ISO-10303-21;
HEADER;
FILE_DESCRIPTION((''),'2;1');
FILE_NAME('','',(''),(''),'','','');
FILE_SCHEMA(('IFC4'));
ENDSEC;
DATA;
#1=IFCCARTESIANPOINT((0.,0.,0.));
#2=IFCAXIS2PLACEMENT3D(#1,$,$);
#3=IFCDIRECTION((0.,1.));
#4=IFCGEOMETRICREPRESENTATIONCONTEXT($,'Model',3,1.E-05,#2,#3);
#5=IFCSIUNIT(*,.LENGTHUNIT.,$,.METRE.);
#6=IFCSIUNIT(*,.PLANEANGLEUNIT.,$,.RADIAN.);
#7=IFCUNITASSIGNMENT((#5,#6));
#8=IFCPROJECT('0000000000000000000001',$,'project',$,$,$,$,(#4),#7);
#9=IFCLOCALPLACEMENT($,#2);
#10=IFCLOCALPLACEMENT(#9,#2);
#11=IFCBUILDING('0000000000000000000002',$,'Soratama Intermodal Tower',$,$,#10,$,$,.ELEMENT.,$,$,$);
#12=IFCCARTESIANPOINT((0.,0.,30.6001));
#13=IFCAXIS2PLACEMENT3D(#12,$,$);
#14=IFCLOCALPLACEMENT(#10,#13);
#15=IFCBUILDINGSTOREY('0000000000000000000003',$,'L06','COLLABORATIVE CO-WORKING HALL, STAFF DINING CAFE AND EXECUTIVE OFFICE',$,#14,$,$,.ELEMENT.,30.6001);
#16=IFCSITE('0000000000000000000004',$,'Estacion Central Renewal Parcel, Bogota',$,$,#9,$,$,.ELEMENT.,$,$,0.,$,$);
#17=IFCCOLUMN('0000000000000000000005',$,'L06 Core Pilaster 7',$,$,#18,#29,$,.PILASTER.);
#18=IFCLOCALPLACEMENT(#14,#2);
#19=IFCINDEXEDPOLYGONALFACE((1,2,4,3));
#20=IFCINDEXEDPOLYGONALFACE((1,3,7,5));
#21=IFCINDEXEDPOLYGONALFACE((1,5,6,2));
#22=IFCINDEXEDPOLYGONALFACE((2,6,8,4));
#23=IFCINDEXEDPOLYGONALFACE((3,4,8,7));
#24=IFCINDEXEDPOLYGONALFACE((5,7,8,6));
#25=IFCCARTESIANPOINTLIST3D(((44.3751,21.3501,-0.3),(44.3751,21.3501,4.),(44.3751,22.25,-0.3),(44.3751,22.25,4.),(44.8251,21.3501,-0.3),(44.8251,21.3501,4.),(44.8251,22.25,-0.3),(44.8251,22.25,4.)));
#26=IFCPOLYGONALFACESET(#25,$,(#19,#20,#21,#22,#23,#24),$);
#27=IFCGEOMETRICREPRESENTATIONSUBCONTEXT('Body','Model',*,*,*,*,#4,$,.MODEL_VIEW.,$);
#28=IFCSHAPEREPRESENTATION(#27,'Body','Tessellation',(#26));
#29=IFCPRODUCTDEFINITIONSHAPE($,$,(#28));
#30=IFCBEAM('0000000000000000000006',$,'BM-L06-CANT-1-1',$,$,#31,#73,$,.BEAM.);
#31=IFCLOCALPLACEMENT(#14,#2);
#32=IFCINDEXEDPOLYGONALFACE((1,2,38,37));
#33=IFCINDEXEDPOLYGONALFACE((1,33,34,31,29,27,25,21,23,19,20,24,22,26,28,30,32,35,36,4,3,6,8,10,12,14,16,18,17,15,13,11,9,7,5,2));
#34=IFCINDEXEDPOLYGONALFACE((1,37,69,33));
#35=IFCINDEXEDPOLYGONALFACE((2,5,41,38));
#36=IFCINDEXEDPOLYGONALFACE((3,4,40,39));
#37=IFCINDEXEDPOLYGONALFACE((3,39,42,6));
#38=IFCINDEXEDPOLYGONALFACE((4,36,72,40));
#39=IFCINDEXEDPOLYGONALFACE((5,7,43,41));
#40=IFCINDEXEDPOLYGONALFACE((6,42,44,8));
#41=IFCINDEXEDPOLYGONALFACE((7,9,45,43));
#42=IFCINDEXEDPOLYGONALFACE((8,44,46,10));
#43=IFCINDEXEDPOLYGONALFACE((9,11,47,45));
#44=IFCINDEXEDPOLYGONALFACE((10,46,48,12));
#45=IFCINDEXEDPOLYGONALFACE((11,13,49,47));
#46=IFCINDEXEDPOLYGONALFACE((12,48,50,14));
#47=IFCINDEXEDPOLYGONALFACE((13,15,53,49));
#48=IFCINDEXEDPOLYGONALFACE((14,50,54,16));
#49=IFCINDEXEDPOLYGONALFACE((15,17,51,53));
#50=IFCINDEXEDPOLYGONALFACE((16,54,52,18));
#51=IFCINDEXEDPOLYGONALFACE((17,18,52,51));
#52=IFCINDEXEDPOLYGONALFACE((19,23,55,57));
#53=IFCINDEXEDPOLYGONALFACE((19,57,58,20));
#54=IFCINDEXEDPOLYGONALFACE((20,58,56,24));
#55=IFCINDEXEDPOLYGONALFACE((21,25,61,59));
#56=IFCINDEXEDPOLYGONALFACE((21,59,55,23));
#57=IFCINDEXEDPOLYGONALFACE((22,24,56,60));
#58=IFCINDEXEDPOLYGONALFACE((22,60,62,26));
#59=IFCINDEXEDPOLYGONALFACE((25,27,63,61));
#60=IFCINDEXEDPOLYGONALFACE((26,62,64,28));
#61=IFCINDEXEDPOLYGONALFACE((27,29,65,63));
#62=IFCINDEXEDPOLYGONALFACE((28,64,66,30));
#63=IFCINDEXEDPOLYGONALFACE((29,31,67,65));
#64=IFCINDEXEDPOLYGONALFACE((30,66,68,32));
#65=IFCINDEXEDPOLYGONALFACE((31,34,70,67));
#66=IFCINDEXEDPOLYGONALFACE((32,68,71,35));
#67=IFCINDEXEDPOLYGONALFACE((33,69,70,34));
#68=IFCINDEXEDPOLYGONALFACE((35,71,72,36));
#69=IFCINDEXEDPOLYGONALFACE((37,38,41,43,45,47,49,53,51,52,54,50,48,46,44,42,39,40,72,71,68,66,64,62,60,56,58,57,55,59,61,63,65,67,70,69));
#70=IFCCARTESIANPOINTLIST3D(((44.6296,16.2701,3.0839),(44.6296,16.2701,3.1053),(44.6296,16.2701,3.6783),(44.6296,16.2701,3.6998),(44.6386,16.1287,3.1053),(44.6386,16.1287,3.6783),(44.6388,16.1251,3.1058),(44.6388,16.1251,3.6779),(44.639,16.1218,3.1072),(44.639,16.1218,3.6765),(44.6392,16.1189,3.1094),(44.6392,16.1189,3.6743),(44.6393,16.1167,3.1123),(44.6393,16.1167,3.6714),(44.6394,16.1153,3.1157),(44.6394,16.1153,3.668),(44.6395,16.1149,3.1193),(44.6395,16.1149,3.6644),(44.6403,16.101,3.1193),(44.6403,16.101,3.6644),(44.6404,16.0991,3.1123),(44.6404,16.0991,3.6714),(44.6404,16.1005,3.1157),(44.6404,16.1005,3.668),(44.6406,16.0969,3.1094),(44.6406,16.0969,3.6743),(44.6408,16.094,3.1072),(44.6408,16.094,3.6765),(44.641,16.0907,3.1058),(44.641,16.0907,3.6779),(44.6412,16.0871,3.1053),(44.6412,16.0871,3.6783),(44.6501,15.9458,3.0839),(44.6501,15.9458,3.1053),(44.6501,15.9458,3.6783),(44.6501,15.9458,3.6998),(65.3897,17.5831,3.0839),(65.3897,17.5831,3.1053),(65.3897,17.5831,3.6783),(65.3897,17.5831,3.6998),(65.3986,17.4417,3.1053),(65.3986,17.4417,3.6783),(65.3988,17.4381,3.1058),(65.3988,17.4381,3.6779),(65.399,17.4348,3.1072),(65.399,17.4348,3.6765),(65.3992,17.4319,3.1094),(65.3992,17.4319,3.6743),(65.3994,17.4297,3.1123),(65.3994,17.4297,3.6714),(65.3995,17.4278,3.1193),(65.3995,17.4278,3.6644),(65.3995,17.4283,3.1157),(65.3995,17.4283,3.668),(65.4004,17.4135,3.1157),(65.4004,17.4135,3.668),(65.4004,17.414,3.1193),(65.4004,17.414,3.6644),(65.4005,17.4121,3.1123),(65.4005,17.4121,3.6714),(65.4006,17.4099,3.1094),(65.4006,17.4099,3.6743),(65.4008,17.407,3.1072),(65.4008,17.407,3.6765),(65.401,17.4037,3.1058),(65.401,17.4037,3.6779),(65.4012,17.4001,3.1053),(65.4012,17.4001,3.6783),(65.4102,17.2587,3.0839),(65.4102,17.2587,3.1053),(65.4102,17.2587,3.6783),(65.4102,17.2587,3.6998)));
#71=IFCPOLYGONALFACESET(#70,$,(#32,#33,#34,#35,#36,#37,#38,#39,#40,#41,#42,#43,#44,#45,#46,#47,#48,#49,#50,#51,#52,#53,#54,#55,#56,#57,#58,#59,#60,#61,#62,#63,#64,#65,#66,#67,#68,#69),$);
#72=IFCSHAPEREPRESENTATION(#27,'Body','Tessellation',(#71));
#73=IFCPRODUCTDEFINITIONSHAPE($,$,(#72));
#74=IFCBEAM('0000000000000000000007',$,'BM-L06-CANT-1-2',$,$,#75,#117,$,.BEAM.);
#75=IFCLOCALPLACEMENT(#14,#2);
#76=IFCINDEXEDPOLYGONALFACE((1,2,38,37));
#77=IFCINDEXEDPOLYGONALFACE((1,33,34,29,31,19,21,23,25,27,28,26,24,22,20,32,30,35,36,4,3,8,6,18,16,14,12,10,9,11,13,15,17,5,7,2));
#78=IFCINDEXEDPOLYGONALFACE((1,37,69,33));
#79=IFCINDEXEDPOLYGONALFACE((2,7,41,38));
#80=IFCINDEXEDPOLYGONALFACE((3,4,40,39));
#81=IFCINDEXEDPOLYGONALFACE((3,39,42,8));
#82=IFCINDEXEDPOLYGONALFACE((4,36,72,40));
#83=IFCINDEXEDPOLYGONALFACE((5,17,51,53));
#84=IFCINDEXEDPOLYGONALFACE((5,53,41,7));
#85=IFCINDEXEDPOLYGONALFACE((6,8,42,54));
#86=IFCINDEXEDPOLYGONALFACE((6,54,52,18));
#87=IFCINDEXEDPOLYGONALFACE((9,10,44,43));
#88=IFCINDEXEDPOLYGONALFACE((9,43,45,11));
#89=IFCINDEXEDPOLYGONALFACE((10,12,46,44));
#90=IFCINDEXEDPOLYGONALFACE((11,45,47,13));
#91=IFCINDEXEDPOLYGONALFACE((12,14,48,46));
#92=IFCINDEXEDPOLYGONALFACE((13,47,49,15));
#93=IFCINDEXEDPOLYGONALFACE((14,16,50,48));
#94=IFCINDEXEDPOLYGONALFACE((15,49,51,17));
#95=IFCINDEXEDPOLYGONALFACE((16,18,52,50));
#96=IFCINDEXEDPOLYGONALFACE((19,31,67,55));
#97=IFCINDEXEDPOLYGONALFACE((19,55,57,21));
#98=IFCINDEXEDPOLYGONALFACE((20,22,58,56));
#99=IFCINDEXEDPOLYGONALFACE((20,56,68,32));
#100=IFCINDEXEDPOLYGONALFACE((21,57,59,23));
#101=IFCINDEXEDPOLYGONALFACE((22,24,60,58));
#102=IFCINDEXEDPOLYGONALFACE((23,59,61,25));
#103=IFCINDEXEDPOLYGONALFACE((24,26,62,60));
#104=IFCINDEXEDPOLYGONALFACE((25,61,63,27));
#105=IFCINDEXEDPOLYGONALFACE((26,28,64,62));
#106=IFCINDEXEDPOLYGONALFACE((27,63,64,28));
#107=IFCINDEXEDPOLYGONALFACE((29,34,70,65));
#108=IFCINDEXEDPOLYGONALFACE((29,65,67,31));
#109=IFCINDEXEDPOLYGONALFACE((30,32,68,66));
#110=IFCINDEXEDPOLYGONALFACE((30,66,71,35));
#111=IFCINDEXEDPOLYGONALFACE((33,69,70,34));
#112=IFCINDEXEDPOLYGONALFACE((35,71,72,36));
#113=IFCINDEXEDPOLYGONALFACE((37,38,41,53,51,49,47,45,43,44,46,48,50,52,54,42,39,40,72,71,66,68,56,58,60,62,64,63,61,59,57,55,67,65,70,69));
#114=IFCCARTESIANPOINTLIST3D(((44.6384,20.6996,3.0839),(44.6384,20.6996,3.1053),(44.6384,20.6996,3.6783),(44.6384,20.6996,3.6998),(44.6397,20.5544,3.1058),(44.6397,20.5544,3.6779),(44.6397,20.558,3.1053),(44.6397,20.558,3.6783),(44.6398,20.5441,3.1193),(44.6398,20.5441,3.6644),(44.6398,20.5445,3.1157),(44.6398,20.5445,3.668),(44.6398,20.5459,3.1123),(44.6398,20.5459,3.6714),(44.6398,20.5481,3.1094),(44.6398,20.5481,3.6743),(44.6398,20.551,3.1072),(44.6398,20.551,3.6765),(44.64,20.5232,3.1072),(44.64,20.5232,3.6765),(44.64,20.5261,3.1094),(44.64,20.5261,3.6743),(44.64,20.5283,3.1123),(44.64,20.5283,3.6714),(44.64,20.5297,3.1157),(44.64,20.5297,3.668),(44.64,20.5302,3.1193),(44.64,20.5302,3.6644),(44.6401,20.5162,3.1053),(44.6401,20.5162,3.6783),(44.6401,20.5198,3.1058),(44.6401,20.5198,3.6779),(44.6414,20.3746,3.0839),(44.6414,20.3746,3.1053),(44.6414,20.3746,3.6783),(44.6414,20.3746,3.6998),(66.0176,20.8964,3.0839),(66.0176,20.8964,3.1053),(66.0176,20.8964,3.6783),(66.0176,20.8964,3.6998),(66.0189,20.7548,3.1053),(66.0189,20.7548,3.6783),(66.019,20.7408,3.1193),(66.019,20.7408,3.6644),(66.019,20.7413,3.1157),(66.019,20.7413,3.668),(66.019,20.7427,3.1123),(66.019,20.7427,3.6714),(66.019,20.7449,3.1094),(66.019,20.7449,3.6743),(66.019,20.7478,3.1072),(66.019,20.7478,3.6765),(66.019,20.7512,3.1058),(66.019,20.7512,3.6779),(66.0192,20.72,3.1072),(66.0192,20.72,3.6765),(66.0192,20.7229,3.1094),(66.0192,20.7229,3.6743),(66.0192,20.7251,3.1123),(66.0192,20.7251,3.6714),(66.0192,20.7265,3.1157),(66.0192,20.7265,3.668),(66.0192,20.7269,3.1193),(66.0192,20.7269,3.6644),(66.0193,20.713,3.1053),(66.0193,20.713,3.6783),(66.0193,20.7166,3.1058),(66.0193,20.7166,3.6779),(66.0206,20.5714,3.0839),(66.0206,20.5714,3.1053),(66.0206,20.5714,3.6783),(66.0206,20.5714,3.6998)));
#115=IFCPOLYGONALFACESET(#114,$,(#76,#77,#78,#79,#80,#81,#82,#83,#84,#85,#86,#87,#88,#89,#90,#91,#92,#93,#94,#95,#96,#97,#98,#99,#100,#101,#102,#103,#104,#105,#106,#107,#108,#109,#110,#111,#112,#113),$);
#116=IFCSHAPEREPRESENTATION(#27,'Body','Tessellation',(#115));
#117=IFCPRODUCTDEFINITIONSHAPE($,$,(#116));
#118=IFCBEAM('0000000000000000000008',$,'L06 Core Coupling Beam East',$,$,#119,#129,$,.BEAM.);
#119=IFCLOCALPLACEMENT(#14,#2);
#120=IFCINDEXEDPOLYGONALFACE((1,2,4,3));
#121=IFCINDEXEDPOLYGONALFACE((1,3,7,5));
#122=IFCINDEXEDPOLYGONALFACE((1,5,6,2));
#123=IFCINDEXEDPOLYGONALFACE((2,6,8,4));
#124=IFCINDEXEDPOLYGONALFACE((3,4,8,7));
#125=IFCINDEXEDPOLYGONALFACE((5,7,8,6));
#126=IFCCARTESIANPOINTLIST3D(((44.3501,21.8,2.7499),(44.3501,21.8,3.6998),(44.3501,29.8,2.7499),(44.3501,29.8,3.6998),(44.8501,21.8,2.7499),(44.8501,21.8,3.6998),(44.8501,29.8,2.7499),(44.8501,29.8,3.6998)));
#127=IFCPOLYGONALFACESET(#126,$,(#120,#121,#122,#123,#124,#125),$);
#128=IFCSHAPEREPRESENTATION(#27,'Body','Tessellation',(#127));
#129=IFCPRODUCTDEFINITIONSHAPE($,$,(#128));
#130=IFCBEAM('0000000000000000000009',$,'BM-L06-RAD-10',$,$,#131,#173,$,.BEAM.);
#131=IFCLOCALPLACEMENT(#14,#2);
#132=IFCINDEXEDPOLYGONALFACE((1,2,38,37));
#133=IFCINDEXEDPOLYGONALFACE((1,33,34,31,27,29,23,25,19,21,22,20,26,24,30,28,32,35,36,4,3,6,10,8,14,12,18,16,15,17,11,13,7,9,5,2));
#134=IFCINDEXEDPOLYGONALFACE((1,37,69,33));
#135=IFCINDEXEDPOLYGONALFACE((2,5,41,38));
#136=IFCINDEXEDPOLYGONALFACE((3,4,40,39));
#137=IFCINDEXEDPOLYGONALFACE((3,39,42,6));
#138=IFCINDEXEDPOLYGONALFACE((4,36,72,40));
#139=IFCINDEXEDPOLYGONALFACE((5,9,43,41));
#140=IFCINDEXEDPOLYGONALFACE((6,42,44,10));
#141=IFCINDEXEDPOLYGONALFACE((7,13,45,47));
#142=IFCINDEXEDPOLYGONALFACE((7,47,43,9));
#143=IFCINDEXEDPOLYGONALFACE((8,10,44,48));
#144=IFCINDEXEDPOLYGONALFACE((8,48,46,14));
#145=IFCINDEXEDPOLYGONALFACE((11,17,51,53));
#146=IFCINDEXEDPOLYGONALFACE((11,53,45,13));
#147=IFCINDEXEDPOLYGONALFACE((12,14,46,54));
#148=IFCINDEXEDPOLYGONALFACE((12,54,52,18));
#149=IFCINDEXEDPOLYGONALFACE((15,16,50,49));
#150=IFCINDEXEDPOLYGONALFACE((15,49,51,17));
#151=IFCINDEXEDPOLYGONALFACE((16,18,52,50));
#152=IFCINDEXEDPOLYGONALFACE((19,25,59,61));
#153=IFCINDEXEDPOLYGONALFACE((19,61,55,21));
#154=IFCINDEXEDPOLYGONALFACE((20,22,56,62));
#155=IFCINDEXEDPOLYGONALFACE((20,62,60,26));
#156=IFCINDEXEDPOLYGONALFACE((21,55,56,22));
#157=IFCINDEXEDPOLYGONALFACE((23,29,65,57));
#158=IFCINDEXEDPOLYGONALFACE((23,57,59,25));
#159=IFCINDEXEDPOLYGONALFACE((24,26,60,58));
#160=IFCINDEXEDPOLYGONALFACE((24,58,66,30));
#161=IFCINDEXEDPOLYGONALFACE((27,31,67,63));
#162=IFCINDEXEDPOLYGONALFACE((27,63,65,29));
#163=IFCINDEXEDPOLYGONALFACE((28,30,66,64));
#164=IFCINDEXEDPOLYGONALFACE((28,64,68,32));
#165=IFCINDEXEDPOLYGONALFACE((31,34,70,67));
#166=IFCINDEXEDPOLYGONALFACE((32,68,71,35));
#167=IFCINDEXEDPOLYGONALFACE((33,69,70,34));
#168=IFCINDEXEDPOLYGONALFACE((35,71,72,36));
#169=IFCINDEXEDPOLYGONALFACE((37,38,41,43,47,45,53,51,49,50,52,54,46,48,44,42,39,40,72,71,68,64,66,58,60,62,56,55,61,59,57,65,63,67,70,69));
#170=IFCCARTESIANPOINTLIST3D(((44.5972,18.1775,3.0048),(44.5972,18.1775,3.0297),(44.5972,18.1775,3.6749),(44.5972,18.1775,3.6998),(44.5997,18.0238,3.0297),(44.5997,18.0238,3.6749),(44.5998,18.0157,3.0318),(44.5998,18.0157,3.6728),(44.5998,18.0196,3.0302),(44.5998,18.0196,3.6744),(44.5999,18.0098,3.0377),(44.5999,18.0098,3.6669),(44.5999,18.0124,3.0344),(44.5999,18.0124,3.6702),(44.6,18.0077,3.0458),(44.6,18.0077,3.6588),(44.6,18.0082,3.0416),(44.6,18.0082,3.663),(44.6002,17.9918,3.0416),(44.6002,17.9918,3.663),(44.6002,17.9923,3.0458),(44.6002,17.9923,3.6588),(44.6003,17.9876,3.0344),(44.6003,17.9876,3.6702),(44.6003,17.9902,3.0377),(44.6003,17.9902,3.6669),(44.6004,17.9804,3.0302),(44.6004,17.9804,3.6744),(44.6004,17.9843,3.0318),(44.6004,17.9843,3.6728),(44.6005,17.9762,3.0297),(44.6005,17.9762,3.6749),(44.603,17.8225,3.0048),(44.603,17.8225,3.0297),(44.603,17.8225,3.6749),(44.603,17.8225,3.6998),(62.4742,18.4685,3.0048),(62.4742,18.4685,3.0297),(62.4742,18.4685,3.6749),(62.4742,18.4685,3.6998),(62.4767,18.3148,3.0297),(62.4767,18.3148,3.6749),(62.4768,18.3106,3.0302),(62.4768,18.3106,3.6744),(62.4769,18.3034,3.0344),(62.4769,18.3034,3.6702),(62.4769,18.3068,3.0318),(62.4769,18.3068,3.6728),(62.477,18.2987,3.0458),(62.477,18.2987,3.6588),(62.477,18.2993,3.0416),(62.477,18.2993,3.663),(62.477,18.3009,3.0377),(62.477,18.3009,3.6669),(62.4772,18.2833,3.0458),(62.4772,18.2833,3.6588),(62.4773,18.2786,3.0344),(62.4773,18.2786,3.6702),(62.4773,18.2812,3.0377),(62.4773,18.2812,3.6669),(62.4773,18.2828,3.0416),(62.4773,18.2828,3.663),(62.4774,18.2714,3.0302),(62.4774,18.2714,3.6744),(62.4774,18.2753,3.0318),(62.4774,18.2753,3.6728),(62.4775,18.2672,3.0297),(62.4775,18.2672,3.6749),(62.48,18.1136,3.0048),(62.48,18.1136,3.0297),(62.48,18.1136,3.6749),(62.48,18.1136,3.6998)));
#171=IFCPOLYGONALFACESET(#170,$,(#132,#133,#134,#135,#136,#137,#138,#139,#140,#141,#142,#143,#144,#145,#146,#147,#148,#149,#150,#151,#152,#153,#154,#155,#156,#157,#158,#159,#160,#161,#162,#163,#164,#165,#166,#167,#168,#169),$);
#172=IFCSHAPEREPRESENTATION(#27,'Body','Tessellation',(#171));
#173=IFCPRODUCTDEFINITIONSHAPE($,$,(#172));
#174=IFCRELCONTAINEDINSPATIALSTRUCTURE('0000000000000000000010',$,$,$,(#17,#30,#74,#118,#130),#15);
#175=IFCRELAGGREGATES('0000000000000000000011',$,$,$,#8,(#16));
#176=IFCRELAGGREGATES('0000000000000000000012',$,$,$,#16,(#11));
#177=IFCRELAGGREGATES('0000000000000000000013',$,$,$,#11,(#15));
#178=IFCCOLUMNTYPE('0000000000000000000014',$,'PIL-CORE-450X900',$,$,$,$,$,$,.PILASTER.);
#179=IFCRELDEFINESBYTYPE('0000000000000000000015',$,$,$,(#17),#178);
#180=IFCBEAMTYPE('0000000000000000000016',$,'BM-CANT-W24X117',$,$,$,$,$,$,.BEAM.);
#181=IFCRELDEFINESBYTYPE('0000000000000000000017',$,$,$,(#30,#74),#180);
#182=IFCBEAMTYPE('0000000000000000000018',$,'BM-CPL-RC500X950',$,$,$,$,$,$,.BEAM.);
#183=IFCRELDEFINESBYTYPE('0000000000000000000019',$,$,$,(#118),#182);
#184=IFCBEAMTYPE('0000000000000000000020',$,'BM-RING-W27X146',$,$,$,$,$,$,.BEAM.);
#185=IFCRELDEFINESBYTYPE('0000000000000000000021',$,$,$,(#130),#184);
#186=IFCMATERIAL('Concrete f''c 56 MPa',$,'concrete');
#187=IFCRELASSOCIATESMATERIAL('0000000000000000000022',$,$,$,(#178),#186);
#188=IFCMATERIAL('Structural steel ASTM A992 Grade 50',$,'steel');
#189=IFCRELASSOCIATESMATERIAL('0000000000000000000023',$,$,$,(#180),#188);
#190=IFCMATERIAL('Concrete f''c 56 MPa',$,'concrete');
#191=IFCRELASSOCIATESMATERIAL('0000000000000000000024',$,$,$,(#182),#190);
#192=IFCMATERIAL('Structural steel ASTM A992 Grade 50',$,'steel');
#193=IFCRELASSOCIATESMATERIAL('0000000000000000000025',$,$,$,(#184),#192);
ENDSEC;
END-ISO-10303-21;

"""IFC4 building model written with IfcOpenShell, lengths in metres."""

from ifc_helpers import new_model, si_unit, direction, frame, origin, origin_2d, place, context, subcontext, project, spatial, rectangle, i_section, extrude, material, material_profile, profile_set, type_object, element, save


model = new_model("IFC4")

# Units and contexts
model_context = context("Model", 3, precision=1e-05, world=origin(), true_north=direction((0.0, 1.0)))
body_context = subcontext(model_context, "Body", "Model", "MODEL_VIEW")
ifc_project = project(units=[si_unit("LENGTHUNIT", "METRE"), si_unit("PLANEANGLEUNIT", "RADIAN")], contexts=[model_context])

# Site, building, storey
site_placement = place(None, origin())
site = spatial("IfcSite", under=ifc_project, at=site_placement, Name="Estacion Central Renewal Parcel, Bogota", CompositionType="ELEMENT", RefElevation=0.0)
building_placement = place(site_placement, origin())
building = spatial("IfcBuilding", under=site, at=building_placement, Name="Soratama Intermodal Tower", CompositionType="ELEMENT")
storey_placement = place(building_placement, frame((0.0, 0.0, 30.6001)))
storey = spatial("IfcBuildingStorey", under=building, at=storey_placement, Name="L06", Description="COLLABORATIVE CO-WORKING HALL, STAFF DINING CAFE AND EXECUTIVE OFFICE", CompositionType="ELEMENT", Elevation=30.6001)

# Column
ifc_material_1 = material(Name="Concrete f'c 56 MPa", Category="concrete")
ifc_material_profile_1 = material_profile(ifc_material_1, rectangle(XDim=0.45, YDim=0.8999, at=origin_2d()), Name="RC450X900")
ifc_profile_set_1 = profile_set([ifc_material_profile_1], Name="Concrete f'c 56 MPa")
column_type = type_object("IfcColumnType", Name="PIL-CORE-450X900", PredefinedType="PILASTER", material=ifc_profile_set_1)
column_placement = place(storey_placement, frame((44.6001, 21.8, -0.3), z_axis=(0.0, 0.0, 1.0), x_axis=(1.0, 0.0, 0.0)))
element("IfcColumn", 1, at=column_placement, inside=storey, type_object=column_type, Name="L06 Core Pilaster 7", PredefinedType="PILASTER", context=body_context, shape_type="SweptSolid", body=[
    extrude(rectangle(XDim=0.45, YDim=0.8999, at=origin_2d()), origin(), (0.0, 0.0, 1.0), 4.3),
])

# Beams
ifc_material_2 = material(Name="Structural steel ASTM A992 Grade 50", Category="steel")
ifc_material_profile_2 = material_profile(ifc_material_2, i_section(OverallWidth=0.325, OverallDepth=0.616, WebThickness=0.0139, FlangeThickness=0.0215, FilletRadius=0.0139, at=origin_2d()), Name="W24X117")
ifc_profile_set_2 = profile_set([ifc_material_profile_2], Name="Structural steel ASTM A992 Grade 50")
beam_type_1 = type_object("IfcBeamType", Name="BM-CANT-W24X117", PredefinedType="BEAM", material=ifc_profile_set_2)
beam_1_placement = place(storey_placement, frame((44.6399, 16.1079, 3.3918), z_axis=(0.998006, 0.06312, 0.0), x_axis=(-0.06312, 0.998006, 0.0)))
element("IfcBeam", 2, at=beam_1_placement, inside=storey, type_object=beam_type_1, Name="BM-L06-CANT-1-1", PredefinedType="BEAM", context=body_context, shape_type="SweptSolid", body=[
    extrude(i_section(OverallWidth=0.325, OverallDepth=0.616, WebThickness=0.0139, FlangeThickness=0.0215, FilletRadius=0.0139, at=origin_2d()), origin(), (0.0, 0.0, 1.0), 20.8015),
])
beam_2_placement = place(storey_placement, frame((44.6399, 20.5371, 3.3918), z_axis=(0.999958, 0.009204, 0.0), x_axis=(-0.009204, 0.999958, 0.0)))
element("IfcBeam", 3, at=beam_2_placement, inside=storey, type_object=beam_type_1, Name="BM-L06-CANT-1-2", PredefinedType="BEAM", context=body_context, shape_type="SweptSolid", body=[
    extrude(i_section(OverallWidth=0.325, OverallDepth=0.616, WebThickness=0.0139, FlangeThickness=0.0215, FilletRadius=0.0139, at=origin_2d()), origin(), (0.0, 0.0, 1.0), 21.3801),
])
ifc_material_3 = material(Name="Concrete f'c 56 MPa", Category="concrete")
ifc_material_profile_3 = material_profile(ifc_material_3, rectangle(XDim=0.5, YDim=0.95, at=origin_2d()), Name="RC500X950")
ifc_profile_set_3 = profile_set([ifc_material_profile_3], Name="Concrete f'c 56 MPa")
beam_type_2 = type_object("IfcBeamType", Name="BM-CPL-RC500X950", PredefinedType="BEAM", material=ifc_profile_set_3)
beam_3_placement = place(storey_placement, frame((44.6001, 21.8, 3.2249), z_axis=(0.0, 1.0, 0.0), x_axis=(-1.0, 0.0, 0.0)))
element("IfcBeam", 4, at=beam_3_placement, inside=storey, type_object=beam_type_2, Name="L06 Core Coupling Beam East", PredefinedType="BEAM", context=body_context, shape_type="SweptSolid", body=[
    extrude(rectangle(XDim=0.5, YDim=0.95, at=origin_2d()), origin(), (0.0, 0.0, 1.0), 8.0),
])
ifc_material_4 = material(Name="Structural steel ASTM A992 Grade 50", Category="steel")
ifc_material_profile_4 = material_profile(ifc_material_4, i_section(OverallWidth=0.355, OverallDepth=0.6951, WebThickness=0.0154, FlangeThickness=0.0249, FilletRadius=0.0161, at=origin_2d()), Name="W27X146")
ifc_profile_set_4 = profile_set([ifc_material_profile_4], Name="Structural steel ASTM A992 Grade 50")
beam_type_3 = type_object("IfcBeamType", Name="BM-RING-W27X146", PredefinedType="BEAM", material=ifc_profile_set_4)
beam_4_placement = place(storey_placement, frame((44.6001, 18.0, 3.3523), z_axis=(0.999868, 0.016277, 0.0), x_axis=(-0.016277, 0.999868, 0.0)))
element("IfcBeam", 5, at=beam_4_placement, inside=storey, type_object=beam_type_3, Name="BM-L06-RAD-10", PredefinedType="BEAM", context=body_context, shape_type="SweptSolid", body=[
    extrude(i_section(OverallWidth=0.355, OverallDepth=0.6951, WebThickness=0.0154, FlangeThickness=0.0249, FilletRadius=0.0161, at=origin_2d()), origin(), (0.0, 0.0, 1.0), 17.8794),
])

save(model, "model.ifc")
